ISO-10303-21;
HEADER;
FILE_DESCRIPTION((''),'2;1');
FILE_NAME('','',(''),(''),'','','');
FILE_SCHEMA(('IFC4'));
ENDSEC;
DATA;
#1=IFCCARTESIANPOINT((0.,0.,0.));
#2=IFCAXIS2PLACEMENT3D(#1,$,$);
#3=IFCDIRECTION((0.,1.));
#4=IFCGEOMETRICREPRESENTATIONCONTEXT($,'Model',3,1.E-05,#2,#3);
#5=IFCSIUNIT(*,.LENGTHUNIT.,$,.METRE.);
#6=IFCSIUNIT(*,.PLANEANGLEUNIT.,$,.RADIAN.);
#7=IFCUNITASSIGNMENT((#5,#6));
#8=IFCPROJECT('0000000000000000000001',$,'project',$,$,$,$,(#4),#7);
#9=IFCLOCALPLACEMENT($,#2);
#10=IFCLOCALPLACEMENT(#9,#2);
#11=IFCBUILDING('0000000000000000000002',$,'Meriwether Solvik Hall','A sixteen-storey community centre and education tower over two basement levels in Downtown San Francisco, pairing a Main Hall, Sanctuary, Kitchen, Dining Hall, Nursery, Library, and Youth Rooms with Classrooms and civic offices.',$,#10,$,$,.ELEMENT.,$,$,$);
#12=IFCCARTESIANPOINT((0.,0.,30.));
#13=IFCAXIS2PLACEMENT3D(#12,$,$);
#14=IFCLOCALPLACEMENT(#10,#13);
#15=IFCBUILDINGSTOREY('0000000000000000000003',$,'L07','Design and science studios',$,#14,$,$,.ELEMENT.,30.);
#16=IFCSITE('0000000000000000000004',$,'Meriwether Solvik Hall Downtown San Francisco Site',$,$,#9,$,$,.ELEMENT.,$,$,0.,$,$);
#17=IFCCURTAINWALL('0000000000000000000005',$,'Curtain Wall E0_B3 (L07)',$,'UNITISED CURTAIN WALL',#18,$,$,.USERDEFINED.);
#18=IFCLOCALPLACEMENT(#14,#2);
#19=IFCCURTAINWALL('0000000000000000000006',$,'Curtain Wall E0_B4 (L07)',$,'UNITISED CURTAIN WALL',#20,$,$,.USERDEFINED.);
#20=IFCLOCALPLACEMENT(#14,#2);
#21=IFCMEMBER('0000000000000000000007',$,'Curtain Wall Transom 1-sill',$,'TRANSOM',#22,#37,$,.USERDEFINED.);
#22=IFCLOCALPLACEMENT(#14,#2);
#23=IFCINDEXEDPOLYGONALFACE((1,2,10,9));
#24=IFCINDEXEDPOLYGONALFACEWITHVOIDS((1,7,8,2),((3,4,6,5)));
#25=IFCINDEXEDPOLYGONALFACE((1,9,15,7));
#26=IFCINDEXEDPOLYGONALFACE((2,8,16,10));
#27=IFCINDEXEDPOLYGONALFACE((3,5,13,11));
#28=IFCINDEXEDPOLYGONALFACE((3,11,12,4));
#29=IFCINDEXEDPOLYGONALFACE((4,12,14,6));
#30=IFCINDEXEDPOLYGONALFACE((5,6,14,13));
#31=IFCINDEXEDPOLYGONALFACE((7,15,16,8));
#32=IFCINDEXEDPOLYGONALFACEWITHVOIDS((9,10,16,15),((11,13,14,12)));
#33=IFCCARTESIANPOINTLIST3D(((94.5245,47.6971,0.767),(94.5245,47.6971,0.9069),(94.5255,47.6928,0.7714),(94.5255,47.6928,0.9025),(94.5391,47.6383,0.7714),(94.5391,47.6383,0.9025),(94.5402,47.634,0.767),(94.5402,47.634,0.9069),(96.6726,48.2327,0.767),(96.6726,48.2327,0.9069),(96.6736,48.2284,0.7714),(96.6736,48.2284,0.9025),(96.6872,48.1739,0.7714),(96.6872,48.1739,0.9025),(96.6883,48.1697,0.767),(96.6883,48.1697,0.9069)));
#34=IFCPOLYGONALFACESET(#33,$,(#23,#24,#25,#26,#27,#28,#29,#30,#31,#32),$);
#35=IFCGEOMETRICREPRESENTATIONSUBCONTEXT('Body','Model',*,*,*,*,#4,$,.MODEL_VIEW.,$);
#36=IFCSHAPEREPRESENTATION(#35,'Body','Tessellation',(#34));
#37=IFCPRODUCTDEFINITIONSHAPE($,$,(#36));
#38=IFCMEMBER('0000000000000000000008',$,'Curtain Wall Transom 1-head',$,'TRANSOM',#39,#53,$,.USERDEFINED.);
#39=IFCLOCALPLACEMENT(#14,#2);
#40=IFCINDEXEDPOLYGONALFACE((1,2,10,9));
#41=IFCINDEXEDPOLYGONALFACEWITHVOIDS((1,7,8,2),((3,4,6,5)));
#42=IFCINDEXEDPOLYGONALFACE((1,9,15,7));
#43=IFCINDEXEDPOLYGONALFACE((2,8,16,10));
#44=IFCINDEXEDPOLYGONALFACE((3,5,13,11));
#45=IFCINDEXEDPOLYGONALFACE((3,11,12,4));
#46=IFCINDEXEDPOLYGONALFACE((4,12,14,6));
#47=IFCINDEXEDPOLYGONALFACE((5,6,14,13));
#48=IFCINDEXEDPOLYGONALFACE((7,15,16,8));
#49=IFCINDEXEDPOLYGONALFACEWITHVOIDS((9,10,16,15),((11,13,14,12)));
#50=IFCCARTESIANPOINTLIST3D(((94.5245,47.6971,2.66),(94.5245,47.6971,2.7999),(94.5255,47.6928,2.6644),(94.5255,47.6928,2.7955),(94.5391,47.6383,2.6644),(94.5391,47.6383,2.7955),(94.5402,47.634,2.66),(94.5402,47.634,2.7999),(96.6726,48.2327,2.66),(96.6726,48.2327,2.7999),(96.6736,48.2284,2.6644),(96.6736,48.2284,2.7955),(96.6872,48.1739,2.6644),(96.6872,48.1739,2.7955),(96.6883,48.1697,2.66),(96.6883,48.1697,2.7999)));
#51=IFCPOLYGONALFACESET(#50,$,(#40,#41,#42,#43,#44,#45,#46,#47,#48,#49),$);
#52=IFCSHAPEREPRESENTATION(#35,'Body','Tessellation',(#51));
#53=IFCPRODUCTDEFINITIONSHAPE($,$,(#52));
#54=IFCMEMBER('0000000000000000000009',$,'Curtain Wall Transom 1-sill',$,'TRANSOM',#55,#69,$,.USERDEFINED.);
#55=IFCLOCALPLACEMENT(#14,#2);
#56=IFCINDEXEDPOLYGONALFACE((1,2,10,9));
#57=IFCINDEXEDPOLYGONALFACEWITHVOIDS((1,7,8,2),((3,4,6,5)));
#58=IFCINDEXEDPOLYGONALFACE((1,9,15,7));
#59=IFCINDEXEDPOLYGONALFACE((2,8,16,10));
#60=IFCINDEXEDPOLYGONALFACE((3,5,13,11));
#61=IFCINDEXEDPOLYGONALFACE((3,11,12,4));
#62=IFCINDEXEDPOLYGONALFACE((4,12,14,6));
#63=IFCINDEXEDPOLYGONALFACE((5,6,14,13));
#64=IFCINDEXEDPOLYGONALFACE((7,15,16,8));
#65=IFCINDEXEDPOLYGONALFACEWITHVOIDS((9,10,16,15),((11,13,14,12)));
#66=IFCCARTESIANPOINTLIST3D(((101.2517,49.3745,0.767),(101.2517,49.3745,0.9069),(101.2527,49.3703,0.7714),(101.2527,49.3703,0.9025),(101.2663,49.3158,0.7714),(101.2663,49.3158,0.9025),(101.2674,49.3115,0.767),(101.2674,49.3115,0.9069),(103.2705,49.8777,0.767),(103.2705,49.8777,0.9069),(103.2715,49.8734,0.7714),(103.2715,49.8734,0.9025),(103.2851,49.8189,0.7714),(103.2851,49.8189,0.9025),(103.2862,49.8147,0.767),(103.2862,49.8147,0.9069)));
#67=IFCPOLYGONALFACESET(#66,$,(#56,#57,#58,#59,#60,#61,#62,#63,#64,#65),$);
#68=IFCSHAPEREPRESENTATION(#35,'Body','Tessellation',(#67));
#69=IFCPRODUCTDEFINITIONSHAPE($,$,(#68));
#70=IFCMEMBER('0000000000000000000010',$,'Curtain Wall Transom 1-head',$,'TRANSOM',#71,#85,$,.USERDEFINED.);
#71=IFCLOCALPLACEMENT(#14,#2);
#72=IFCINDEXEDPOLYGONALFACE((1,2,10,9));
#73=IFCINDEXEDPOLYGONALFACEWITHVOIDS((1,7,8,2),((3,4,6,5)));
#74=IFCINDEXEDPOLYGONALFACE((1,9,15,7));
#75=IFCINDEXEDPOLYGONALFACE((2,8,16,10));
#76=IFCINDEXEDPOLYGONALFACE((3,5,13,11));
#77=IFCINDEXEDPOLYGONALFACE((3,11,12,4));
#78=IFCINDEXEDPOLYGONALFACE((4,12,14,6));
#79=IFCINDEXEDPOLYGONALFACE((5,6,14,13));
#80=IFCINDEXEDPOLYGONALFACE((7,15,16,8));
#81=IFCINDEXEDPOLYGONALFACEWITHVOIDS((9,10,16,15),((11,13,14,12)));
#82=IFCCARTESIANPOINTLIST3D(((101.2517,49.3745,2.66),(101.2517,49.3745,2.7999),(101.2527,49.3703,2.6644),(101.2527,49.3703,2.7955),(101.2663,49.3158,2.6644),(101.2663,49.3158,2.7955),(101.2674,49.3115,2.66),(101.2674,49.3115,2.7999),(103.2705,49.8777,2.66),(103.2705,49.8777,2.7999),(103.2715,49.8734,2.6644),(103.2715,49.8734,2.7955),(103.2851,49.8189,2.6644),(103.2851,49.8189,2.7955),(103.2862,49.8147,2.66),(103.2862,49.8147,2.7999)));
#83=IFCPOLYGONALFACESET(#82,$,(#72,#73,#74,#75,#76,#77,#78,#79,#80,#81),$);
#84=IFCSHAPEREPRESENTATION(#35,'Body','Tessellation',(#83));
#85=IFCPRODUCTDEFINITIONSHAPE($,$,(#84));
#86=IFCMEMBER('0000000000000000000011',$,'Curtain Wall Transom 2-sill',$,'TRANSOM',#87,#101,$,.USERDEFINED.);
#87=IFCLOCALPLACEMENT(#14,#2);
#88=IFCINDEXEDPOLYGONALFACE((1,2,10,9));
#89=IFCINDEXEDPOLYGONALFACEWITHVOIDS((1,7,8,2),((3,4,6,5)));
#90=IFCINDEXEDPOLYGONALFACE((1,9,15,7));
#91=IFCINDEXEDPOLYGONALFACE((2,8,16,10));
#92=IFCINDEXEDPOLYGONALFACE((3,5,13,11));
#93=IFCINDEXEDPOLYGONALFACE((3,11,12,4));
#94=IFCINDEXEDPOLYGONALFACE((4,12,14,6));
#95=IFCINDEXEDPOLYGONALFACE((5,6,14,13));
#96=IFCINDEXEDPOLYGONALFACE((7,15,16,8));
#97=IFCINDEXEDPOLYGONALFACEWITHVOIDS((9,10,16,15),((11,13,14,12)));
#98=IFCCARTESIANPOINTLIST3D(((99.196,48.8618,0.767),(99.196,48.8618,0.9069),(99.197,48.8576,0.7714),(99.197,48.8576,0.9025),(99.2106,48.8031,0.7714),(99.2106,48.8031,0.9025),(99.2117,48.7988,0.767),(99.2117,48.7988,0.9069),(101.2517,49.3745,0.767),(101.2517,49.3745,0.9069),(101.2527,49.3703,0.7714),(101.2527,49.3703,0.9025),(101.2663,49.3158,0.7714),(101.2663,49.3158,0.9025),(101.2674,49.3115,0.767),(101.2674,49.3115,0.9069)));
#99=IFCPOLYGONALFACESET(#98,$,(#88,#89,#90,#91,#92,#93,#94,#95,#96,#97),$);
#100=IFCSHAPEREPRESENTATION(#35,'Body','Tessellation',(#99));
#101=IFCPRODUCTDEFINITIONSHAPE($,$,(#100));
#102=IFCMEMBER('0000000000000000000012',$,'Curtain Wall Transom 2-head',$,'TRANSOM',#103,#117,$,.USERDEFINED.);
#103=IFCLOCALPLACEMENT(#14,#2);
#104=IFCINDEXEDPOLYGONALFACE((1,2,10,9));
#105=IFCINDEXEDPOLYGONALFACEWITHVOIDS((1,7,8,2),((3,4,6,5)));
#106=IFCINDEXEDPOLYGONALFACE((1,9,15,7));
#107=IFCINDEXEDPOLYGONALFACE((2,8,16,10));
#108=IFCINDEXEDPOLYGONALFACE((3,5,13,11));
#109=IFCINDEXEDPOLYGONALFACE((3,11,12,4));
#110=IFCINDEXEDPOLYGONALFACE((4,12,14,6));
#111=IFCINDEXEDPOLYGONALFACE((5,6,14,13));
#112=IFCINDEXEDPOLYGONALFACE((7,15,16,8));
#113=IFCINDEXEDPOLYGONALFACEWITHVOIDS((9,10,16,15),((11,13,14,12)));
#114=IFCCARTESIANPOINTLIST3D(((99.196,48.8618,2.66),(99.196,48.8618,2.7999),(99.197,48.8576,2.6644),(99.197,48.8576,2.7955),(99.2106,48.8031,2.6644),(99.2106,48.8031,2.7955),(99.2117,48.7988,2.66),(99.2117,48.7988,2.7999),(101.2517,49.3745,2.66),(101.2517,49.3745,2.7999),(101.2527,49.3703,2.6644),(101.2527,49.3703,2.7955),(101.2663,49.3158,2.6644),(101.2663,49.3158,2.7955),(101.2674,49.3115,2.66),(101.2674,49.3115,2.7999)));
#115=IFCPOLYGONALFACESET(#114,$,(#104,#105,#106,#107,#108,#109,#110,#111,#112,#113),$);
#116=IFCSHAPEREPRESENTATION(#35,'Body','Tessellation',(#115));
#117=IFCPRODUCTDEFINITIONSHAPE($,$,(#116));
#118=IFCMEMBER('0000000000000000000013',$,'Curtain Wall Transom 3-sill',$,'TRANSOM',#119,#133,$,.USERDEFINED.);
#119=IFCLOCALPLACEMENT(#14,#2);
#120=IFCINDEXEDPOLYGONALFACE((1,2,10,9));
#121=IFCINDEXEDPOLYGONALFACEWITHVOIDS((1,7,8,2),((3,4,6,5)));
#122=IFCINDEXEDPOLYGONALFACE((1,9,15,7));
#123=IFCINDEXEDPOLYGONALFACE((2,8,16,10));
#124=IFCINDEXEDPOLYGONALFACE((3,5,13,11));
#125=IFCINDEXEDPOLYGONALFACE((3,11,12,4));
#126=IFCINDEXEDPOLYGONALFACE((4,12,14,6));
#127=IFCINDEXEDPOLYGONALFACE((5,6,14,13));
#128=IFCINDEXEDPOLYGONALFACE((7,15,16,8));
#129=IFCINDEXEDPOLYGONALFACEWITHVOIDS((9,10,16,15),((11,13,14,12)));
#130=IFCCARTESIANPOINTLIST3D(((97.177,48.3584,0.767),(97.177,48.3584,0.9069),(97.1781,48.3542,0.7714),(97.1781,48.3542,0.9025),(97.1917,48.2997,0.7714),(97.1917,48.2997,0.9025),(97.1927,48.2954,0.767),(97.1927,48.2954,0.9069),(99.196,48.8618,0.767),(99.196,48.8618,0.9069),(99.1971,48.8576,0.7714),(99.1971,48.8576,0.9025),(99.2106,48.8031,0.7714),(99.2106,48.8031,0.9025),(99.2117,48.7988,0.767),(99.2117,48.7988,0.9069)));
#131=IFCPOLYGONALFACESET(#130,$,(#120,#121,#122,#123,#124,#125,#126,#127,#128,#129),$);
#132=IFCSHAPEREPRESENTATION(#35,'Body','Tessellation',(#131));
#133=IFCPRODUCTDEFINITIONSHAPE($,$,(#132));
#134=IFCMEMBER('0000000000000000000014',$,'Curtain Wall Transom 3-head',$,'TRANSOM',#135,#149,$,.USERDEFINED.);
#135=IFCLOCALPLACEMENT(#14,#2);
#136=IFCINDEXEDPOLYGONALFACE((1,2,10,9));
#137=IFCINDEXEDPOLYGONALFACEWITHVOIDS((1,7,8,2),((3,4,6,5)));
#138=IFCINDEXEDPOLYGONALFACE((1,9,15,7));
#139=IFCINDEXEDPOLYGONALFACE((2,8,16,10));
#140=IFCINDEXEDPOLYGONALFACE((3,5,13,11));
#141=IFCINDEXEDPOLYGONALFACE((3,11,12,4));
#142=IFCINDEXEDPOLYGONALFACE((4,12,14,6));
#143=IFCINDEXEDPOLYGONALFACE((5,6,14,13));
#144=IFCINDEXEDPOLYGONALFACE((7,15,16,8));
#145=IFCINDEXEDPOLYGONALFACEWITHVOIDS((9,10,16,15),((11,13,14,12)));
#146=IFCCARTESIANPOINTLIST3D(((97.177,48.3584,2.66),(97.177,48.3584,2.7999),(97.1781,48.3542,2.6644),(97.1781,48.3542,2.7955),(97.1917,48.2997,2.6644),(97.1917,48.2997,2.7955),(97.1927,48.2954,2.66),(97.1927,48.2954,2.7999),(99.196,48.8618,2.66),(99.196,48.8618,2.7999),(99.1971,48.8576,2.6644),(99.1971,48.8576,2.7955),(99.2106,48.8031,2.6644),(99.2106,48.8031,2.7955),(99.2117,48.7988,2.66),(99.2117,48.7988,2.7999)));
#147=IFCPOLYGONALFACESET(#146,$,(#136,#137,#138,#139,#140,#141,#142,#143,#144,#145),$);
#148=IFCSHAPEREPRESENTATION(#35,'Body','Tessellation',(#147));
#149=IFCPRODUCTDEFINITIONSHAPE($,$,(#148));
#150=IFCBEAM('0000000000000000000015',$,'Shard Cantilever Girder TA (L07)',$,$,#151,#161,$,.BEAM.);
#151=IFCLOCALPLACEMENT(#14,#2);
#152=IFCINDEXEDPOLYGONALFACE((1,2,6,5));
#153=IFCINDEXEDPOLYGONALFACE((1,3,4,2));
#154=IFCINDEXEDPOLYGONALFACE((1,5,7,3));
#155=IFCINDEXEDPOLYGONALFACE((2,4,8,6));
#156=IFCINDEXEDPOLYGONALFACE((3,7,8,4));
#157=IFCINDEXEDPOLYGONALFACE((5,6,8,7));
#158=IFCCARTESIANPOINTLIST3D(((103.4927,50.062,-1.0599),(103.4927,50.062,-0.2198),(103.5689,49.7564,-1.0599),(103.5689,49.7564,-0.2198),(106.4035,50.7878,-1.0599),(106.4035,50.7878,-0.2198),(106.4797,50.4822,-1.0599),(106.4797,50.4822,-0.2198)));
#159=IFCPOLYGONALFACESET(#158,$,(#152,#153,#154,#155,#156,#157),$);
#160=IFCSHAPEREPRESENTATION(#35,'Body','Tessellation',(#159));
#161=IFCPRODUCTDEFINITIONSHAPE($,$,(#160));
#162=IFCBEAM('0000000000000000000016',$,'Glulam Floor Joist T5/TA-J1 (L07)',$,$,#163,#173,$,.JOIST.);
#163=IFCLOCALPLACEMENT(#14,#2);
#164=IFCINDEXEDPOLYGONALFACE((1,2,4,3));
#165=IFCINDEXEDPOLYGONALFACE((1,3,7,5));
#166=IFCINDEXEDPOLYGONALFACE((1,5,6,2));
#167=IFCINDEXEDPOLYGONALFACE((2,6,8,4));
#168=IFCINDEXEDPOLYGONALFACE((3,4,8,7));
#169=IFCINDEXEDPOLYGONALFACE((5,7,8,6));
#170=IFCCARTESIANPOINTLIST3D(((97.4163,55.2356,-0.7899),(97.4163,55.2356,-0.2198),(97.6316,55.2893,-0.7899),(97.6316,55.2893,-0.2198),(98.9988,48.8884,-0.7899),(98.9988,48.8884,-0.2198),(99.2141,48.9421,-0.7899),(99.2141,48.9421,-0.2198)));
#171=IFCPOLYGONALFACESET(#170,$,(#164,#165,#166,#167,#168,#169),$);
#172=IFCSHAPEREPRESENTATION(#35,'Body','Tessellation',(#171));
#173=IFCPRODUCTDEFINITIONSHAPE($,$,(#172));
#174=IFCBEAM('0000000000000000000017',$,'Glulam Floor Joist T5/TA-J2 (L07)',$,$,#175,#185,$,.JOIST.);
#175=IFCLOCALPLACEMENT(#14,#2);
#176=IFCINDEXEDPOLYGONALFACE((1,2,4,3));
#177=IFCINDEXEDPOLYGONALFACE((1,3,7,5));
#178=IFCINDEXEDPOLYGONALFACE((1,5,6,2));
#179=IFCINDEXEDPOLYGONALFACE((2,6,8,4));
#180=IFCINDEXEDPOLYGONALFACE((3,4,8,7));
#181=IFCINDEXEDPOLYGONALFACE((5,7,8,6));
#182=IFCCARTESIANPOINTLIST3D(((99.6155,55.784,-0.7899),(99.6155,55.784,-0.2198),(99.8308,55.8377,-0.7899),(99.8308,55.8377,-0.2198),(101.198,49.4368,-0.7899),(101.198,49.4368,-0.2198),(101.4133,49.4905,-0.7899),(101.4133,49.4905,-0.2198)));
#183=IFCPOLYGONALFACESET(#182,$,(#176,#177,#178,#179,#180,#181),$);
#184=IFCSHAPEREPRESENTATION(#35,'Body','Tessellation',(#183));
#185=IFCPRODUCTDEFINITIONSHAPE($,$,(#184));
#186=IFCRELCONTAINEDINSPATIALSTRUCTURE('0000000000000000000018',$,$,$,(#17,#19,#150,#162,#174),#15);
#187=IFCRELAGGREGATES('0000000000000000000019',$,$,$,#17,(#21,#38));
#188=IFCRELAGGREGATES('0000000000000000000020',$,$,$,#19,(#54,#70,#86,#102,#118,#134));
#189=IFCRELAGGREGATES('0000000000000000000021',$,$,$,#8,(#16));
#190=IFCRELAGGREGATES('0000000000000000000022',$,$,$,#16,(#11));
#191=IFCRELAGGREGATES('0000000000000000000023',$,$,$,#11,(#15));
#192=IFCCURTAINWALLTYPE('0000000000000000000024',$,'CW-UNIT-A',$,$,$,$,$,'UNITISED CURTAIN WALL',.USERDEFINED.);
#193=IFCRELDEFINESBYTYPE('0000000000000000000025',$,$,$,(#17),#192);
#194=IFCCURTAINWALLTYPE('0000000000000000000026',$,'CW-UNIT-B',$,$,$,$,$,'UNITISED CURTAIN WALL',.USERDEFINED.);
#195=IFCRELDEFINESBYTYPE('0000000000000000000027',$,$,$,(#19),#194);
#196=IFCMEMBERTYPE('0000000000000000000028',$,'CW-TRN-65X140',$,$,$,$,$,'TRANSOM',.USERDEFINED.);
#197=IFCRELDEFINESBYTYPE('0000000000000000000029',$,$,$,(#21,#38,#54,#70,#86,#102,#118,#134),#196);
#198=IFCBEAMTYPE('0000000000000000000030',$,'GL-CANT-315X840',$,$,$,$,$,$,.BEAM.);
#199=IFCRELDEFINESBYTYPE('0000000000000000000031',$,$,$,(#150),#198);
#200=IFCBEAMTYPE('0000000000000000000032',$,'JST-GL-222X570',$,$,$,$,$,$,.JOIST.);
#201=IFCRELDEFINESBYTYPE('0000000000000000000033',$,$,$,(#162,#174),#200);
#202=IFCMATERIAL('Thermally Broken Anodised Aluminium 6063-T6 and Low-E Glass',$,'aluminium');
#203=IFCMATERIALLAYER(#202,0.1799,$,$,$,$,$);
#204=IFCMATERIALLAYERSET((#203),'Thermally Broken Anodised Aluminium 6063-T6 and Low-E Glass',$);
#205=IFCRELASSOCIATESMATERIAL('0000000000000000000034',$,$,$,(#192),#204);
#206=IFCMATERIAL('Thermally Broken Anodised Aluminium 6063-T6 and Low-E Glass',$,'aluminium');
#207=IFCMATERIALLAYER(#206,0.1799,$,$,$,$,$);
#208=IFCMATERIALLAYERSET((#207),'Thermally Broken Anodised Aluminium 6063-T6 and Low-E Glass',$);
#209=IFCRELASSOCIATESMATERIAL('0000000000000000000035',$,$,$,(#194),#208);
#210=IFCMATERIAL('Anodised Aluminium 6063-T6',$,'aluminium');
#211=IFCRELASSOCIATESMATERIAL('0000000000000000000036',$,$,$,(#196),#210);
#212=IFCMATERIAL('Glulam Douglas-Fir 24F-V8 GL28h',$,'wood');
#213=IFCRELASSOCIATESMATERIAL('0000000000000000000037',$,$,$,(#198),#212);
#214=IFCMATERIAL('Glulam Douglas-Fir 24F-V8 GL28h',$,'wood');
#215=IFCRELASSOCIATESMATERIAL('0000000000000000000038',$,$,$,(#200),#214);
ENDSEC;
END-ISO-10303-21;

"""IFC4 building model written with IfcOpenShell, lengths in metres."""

from ifc_helpers import new_model, si_unit, direction, frame, origin, origin_2d, place, context, subcontext, project, spatial, rectangle, hollow_rectangle, extrude, material, layer, layer_set, material_profile, profile_set, type_object, element, aggregate, save


model = new_model("IFC4")

# Units and contexts
model_context = context("Model", 3, precision=1e-05, world=origin(), true_north=direction((0.0, 1.0)))
body_context = subcontext(model_context, "Body", "Model", "MODEL_VIEW")
ifc_project = project(units=[si_unit("LENGTHUNIT", "METRE"), si_unit("PLANEANGLEUNIT", "RADIAN")], contexts=[model_context])

# Site, building, storey
site_placement = place(None, origin())
site = spatial("IfcSite", under=ifc_project, at=site_placement, Name="Meriwether Solvik Hall Downtown San Francisco Site", CompositionType="ELEMENT", RefElevation=0.0)
building_placement = place(site_placement, origin())
building = spatial("IfcBuilding", under=site, at=building_placement, Name="Meriwether Solvik Hall", Description="A sixteen-storey community centre and education tower over two basement levels in Downtown San Francisco, pairing a Main Hall, Sanctuary, Kitchen, Dining Hall, Nursery, Library, and Youth Rooms with Classrooms and civic offices.", CompositionType="ELEMENT")
storey_placement = place(building_placement, frame((0.0, 0.0, 30.0)))
storey = spatial("IfcBuildingStorey", under=building, at=storey_placement, Name="L07", Description="Design and science studios", CompositionType="ELEMENT", Elevation=30.0)

# Curtain wall
ifc_material_1 = material(Name="Thermally Broken Anodised Aluminium 6063-T6 and Low-E Glass", Category="aluminium")
ifc_layer_1 = layer(ifc_material_1, 0.1799)
ifc_layer_set_1 = layer_set([ifc_layer_1], Name="Thermally Broken Anodised Aluminium 6063-T6 and Low-E Glass")
curtain_wall_type_1 = type_object("IfcCurtainWallType", Name="CW-UNIT-A", ElementType="UNITISED CURTAIN WALL", PredefinedType="USERDEFINED", material=ifc_layer_set_1)
curtain_wall_1_placement = place(storey_placement, origin())
curtain_wall_1 = element("IfcCurtainWall", 1, at=curtain_wall_1_placement, inside=storey, type_object=curtain_wall_type_1, Name="Curtain Wall E0_B3 (L07)", ObjectType="UNITISED CURTAIN WALL", PredefinedType="USERDEFINED")

# Curtain wall
ifc_material_2 = material(Name="Thermally Broken Anodised Aluminium 6063-T6 and Low-E Glass", Category="aluminium")
ifc_layer_2 = layer(ifc_material_2, 0.1799)
ifc_layer_set_2 = layer_set([ifc_layer_2], Name="Thermally Broken Anodised Aluminium 6063-T6 and Low-E Glass")
curtain_wall_type_2 = type_object("IfcCurtainWallType", Name="CW-UNIT-B", ElementType="UNITISED CURTAIN WALL", PredefinedType="USERDEFINED", material=ifc_layer_set_2)
curtain_wall_2_placement = place(storey_placement, origin())
curtain_wall_2 = element("IfcCurtainWall", 2, at=curtain_wall_2_placement, inside=storey, type_object=curtain_wall_type_2, Name="Curtain Wall E0_B4 (L07)", ObjectType="UNITISED CURTAIN WALL", PredefinedType="USERDEFINED")

# Members
ifc_material_3 = material(Name="Anodised Aluminium 6063-T6", Category="aluminium")
ifc_material_profile_1 = material_profile(ifc_material_3, hollow_rectangle(XDim=0.0649, YDim=0.1399, WallThickness=0.0044, at=origin_2d()), Name="CWT-65X140")
ifc_profile_set_1 = profile_set([ifc_material_profile_1], Name="Anodised Aluminium 6063-T6")
member_type_1 = type_object("IfcMemberType", Name="CW-TRN-65X140", ElementType="TRANSOM", PredefinedType="USERDEFINED", material=ifc_profile_set_1)
member_1_placement = place(storey_placement, frame((96.6804, 48.2012, 0.8369), z_axis=(-0.970292, -0.241939, 0.0), x_axis=(0.241939, -0.970292, 0.0)))
member_1 = element("IfcMember", 3, at=member_1_placement, type_object=member_type_1, Name="Curtain Wall Transom 1-sill", ObjectType="TRANSOM", PredefinedType="USERDEFINED", context=body_context, shape_type="SweptSolid", body=[
    extrude(hollow_rectangle(XDim=0.0649, YDim=0.1399, WallThickness=0.0044, at=origin_2d()), origin(), (0.0, 0.0, 1.0), 2.2139),
])
member_2_placement = place(storey_placement, frame((96.6804, 48.2012, 2.73), z_axis=(-0.970292, -0.241939, 0.0), x_axis=(0.241939, -0.970292, 0.0)))
member_2 = element("IfcMember", 4, at=member_2_placement, type_object=member_type_1, Name="Curtain Wall Transom 1-head", ObjectType="TRANSOM", PredefinedType="USERDEFINED", context=body_context, shape_type="SweptSolid", body=[
    extrude(hollow_rectangle(XDim=0.0649, YDim=0.1399, WallThickness=0.0044, at=origin_2d()), origin(), (0.0, 0.0, 1.0), 2.2139),
])
aggregate(curtain_wall_1, [member_1, member_2])
member_3_placement = place(storey_placement, frame((103.2783, 49.8462, 0.8369), z_axis=(-0.970315, -0.241845, 0.0), x_axis=(0.241845, -0.970315, 0.0)))
member_3 = element("IfcMember", 5, at=member_3_placement, type_object=member_type_1, Name="Curtain Wall Transom 1-sill", ObjectType="TRANSOM", PredefinedType="USERDEFINED", context=body_context, shape_type="SweptSolid", body=[
    extrude(hollow_rectangle(XDim=0.0649, YDim=0.1399, WallThickness=0.0044, at=origin_2d()), origin(), (0.0, 0.0, 1.0), 2.0806),
])
member_4_placement = place(storey_placement, frame((103.2783, 49.8462, 2.73), z_axis=(-0.970315, -0.241845, 0.0), x_axis=(0.241845, -0.970315, 0.0)))
member_4 = element("IfcMember", 6, at=member_4_placement, type_object=member_type_1, Name="Curtain Wall Transom 1-head", ObjectType="TRANSOM", PredefinedType="USERDEFINED", context=body_context, shape_type="SweptSolid", body=[
    extrude(hollow_rectangle(XDim=0.0649, YDim=0.1399, WallThickness=0.0044, at=origin_2d()), origin(), (0.0, 0.0, 1.0), 2.0806),
])
member_5_placement = place(storey_placement, frame((101.2595, 49.343, 0.8369), z_axis=(-0.970278, -0.241993, 0.0), x_axis=(0.241993, -0.970278, 0.0)))
member_5 = element("IfcMember", 7, at=member_5_placement, type_object=member_type_1, Name="Curtain Wall Transom 2-sill", ObjectType="TRANSOM", PredefinedType="USERDEFINED", context=body_context, shape_type="SweptSolid", body=[
    extrude(hollow_rectangle(XDim=0.0649, YDim=0.1399, WallThickness=0.0044, at=origin_2d()), origin(), (0.0, 0.0, 1.0), 2.1187),
])
member_6_placement = place(storey_placement, frame((101.2595, 49.343, 2.73), z_axis=(-0.970278, -0.241993, 0.0), x_axis=(0.241993, -0.970278, 0.0)))
member_6 = element("IfcMember", 8, at=member_6_placement, type_object=member_type_1, Name="Curtain Wall Transom 2-head", ObjectType="TRANSOM", PredefinedType="USERDEFINED", context=body_context, shape_type="SweptSolid", body=[
    extrude(hollow_rectangle(XDim=0.0649, YDim=0.1399, WallThickness=0.0044, at=origin_2d()), origin(), (0.0, 0.0, 1.0), 2.1187),
])
member_7_placement = place(storey_placement, frame((99.2039, 48.8303, 0.8369), z_axis=(-0.970294, -0.241928, 0.0), x_axis=(0.241928, -0.970294, 0.0)))
member_7 = element("IfcMember", 9, at=member_7_placement, type_object=member_type_1, Name="Curtain Wall Transom 3-sill", ObjectType="TRANSOM", PredefinedType="USERDEFINED", context=body_context, shape_type="SweptSolid", body=[
    extrude(hollow_rectangle(XDim=0.0649, YDim=0.1399, WallThickness=0.0044, at=origin_2d()), origin(), (0.0, 0.0, 1.0), 2.0808),
])
member_8_placement = place(storey_placement, frame((99.2039, 48.8303, 2.73), z_axis=(-0.970294, -0.241928, 0.0), x_axis=(0.241928, -0.970294, 0.0)))
member_8 = element("IfcMember", 10, at=member_8_placement, type_object=member_type_1, Name="Curtain Wall Transom 3-head", ObjectType="TRANSOM", PredefinedType="USERDEFINED", context=body_context, shape_type="SweptSolid", body=[
    extrude(hollow_rectangle(XDim=0.0649, YDim=0.1399, WallThickness=0.0044, at=origin_2d()), origin(), (0.0, 0.0, 1.0), 2.0808),
])

# Beams
ifc_material_4 = material(Name="Glulam Douglas-Fir 24F-V8 GL28h", Category="wood")
ifc_material_profile_2 = material_profile(ifc_material_4, rectangle(XDim=0.3149, YDim=0.8401, at=origin_2d()), Name="GLB-315X840")
ifc_profile_set_2 = profile_set([ifc_material_profile_2], Name="Glulam Douglas-Fir 24F-V8 GL28h")
beam_type_1 = type_object("IfcBeamType", Name="GL-CANT-315X840", PredefinedType="BEAM", material=ifc_profile_set_2)
beam_1_placement = place(storey_placement, frame((103.5308, 49.9092, -0.6399), z_axis=(0.970291, 0.241942, 0.0), x_axis=(-0.241942, 0.970291, 0.0)))
element("IfcBeam", 11, at=beam_1_placement, inside=storey, type_object=beam_type_1, Name="Shard Cantilever Girder TA (L07)", PredefinedType="BEAM", context=body_context, shape_type="SweptSolid", body=[
    extrude(rectangle(XDim=0.3149, YDim=0.8401, at=origin_2d()), origin(), (0.0, 0.0, 1.0), 3.0),
])
ifc_material_5 = material(Name="Glulam Douglas-Fir 24F-V8 GL28h", Category="wood")
ifc_material_profile_3 = material_profile(ifc_material_5, rectangle(XDim=0.2219, YDim=0.5701, at=origin_2d()), Name="GLJ-222X570")
ifc_profile_set_3 = profile_set([ifc_material_profile_3], Name="Glulam Douglas-Fir 24F-V8 GL28h")
beam_type_2 = type_object("IfcBeamType", Name="JST-GL-222X570", PredefinedType="JOIST", material=ifc_profile_set_3)
for number, where, z_axis, x_axis, name in (
    (12, (99.1064, 48.9153, -0.5049), (-0.241921, 0.970296, 0.0), (-0.970296, -0.241921, 0.0), "Glulam Floor Joist T5/TA-J1 (L07)"),
    (13, (101.3057, 49.4636, -0.5049), (-0.241921, 0.970296, 0.0), (-0.970296, -0.241921, 0.0), "Glulam Floor Joist T5/TA-J2 (L07)"),
):
    element("IfcBeam", number, at=place(storey_placement, frame(where, z_axis=z_axis, x_axis=x_axis)), inside=storey, type_object=beam_type_2, Name=name, PredefinedType="JOIST", context=body_context, shape_type="SweptSolid", body=[
        extrude(rectangle(XDim=0.2219, YDim=0.5701, at=origin_2d()), origin(), (0.0, 0.0, 1.0), 6.5415),
    ])

aggregate(curtain_wall_2, [member_3, member_4, member_5, member_6, member_7, member_8])

save(model, "model.ifc")
